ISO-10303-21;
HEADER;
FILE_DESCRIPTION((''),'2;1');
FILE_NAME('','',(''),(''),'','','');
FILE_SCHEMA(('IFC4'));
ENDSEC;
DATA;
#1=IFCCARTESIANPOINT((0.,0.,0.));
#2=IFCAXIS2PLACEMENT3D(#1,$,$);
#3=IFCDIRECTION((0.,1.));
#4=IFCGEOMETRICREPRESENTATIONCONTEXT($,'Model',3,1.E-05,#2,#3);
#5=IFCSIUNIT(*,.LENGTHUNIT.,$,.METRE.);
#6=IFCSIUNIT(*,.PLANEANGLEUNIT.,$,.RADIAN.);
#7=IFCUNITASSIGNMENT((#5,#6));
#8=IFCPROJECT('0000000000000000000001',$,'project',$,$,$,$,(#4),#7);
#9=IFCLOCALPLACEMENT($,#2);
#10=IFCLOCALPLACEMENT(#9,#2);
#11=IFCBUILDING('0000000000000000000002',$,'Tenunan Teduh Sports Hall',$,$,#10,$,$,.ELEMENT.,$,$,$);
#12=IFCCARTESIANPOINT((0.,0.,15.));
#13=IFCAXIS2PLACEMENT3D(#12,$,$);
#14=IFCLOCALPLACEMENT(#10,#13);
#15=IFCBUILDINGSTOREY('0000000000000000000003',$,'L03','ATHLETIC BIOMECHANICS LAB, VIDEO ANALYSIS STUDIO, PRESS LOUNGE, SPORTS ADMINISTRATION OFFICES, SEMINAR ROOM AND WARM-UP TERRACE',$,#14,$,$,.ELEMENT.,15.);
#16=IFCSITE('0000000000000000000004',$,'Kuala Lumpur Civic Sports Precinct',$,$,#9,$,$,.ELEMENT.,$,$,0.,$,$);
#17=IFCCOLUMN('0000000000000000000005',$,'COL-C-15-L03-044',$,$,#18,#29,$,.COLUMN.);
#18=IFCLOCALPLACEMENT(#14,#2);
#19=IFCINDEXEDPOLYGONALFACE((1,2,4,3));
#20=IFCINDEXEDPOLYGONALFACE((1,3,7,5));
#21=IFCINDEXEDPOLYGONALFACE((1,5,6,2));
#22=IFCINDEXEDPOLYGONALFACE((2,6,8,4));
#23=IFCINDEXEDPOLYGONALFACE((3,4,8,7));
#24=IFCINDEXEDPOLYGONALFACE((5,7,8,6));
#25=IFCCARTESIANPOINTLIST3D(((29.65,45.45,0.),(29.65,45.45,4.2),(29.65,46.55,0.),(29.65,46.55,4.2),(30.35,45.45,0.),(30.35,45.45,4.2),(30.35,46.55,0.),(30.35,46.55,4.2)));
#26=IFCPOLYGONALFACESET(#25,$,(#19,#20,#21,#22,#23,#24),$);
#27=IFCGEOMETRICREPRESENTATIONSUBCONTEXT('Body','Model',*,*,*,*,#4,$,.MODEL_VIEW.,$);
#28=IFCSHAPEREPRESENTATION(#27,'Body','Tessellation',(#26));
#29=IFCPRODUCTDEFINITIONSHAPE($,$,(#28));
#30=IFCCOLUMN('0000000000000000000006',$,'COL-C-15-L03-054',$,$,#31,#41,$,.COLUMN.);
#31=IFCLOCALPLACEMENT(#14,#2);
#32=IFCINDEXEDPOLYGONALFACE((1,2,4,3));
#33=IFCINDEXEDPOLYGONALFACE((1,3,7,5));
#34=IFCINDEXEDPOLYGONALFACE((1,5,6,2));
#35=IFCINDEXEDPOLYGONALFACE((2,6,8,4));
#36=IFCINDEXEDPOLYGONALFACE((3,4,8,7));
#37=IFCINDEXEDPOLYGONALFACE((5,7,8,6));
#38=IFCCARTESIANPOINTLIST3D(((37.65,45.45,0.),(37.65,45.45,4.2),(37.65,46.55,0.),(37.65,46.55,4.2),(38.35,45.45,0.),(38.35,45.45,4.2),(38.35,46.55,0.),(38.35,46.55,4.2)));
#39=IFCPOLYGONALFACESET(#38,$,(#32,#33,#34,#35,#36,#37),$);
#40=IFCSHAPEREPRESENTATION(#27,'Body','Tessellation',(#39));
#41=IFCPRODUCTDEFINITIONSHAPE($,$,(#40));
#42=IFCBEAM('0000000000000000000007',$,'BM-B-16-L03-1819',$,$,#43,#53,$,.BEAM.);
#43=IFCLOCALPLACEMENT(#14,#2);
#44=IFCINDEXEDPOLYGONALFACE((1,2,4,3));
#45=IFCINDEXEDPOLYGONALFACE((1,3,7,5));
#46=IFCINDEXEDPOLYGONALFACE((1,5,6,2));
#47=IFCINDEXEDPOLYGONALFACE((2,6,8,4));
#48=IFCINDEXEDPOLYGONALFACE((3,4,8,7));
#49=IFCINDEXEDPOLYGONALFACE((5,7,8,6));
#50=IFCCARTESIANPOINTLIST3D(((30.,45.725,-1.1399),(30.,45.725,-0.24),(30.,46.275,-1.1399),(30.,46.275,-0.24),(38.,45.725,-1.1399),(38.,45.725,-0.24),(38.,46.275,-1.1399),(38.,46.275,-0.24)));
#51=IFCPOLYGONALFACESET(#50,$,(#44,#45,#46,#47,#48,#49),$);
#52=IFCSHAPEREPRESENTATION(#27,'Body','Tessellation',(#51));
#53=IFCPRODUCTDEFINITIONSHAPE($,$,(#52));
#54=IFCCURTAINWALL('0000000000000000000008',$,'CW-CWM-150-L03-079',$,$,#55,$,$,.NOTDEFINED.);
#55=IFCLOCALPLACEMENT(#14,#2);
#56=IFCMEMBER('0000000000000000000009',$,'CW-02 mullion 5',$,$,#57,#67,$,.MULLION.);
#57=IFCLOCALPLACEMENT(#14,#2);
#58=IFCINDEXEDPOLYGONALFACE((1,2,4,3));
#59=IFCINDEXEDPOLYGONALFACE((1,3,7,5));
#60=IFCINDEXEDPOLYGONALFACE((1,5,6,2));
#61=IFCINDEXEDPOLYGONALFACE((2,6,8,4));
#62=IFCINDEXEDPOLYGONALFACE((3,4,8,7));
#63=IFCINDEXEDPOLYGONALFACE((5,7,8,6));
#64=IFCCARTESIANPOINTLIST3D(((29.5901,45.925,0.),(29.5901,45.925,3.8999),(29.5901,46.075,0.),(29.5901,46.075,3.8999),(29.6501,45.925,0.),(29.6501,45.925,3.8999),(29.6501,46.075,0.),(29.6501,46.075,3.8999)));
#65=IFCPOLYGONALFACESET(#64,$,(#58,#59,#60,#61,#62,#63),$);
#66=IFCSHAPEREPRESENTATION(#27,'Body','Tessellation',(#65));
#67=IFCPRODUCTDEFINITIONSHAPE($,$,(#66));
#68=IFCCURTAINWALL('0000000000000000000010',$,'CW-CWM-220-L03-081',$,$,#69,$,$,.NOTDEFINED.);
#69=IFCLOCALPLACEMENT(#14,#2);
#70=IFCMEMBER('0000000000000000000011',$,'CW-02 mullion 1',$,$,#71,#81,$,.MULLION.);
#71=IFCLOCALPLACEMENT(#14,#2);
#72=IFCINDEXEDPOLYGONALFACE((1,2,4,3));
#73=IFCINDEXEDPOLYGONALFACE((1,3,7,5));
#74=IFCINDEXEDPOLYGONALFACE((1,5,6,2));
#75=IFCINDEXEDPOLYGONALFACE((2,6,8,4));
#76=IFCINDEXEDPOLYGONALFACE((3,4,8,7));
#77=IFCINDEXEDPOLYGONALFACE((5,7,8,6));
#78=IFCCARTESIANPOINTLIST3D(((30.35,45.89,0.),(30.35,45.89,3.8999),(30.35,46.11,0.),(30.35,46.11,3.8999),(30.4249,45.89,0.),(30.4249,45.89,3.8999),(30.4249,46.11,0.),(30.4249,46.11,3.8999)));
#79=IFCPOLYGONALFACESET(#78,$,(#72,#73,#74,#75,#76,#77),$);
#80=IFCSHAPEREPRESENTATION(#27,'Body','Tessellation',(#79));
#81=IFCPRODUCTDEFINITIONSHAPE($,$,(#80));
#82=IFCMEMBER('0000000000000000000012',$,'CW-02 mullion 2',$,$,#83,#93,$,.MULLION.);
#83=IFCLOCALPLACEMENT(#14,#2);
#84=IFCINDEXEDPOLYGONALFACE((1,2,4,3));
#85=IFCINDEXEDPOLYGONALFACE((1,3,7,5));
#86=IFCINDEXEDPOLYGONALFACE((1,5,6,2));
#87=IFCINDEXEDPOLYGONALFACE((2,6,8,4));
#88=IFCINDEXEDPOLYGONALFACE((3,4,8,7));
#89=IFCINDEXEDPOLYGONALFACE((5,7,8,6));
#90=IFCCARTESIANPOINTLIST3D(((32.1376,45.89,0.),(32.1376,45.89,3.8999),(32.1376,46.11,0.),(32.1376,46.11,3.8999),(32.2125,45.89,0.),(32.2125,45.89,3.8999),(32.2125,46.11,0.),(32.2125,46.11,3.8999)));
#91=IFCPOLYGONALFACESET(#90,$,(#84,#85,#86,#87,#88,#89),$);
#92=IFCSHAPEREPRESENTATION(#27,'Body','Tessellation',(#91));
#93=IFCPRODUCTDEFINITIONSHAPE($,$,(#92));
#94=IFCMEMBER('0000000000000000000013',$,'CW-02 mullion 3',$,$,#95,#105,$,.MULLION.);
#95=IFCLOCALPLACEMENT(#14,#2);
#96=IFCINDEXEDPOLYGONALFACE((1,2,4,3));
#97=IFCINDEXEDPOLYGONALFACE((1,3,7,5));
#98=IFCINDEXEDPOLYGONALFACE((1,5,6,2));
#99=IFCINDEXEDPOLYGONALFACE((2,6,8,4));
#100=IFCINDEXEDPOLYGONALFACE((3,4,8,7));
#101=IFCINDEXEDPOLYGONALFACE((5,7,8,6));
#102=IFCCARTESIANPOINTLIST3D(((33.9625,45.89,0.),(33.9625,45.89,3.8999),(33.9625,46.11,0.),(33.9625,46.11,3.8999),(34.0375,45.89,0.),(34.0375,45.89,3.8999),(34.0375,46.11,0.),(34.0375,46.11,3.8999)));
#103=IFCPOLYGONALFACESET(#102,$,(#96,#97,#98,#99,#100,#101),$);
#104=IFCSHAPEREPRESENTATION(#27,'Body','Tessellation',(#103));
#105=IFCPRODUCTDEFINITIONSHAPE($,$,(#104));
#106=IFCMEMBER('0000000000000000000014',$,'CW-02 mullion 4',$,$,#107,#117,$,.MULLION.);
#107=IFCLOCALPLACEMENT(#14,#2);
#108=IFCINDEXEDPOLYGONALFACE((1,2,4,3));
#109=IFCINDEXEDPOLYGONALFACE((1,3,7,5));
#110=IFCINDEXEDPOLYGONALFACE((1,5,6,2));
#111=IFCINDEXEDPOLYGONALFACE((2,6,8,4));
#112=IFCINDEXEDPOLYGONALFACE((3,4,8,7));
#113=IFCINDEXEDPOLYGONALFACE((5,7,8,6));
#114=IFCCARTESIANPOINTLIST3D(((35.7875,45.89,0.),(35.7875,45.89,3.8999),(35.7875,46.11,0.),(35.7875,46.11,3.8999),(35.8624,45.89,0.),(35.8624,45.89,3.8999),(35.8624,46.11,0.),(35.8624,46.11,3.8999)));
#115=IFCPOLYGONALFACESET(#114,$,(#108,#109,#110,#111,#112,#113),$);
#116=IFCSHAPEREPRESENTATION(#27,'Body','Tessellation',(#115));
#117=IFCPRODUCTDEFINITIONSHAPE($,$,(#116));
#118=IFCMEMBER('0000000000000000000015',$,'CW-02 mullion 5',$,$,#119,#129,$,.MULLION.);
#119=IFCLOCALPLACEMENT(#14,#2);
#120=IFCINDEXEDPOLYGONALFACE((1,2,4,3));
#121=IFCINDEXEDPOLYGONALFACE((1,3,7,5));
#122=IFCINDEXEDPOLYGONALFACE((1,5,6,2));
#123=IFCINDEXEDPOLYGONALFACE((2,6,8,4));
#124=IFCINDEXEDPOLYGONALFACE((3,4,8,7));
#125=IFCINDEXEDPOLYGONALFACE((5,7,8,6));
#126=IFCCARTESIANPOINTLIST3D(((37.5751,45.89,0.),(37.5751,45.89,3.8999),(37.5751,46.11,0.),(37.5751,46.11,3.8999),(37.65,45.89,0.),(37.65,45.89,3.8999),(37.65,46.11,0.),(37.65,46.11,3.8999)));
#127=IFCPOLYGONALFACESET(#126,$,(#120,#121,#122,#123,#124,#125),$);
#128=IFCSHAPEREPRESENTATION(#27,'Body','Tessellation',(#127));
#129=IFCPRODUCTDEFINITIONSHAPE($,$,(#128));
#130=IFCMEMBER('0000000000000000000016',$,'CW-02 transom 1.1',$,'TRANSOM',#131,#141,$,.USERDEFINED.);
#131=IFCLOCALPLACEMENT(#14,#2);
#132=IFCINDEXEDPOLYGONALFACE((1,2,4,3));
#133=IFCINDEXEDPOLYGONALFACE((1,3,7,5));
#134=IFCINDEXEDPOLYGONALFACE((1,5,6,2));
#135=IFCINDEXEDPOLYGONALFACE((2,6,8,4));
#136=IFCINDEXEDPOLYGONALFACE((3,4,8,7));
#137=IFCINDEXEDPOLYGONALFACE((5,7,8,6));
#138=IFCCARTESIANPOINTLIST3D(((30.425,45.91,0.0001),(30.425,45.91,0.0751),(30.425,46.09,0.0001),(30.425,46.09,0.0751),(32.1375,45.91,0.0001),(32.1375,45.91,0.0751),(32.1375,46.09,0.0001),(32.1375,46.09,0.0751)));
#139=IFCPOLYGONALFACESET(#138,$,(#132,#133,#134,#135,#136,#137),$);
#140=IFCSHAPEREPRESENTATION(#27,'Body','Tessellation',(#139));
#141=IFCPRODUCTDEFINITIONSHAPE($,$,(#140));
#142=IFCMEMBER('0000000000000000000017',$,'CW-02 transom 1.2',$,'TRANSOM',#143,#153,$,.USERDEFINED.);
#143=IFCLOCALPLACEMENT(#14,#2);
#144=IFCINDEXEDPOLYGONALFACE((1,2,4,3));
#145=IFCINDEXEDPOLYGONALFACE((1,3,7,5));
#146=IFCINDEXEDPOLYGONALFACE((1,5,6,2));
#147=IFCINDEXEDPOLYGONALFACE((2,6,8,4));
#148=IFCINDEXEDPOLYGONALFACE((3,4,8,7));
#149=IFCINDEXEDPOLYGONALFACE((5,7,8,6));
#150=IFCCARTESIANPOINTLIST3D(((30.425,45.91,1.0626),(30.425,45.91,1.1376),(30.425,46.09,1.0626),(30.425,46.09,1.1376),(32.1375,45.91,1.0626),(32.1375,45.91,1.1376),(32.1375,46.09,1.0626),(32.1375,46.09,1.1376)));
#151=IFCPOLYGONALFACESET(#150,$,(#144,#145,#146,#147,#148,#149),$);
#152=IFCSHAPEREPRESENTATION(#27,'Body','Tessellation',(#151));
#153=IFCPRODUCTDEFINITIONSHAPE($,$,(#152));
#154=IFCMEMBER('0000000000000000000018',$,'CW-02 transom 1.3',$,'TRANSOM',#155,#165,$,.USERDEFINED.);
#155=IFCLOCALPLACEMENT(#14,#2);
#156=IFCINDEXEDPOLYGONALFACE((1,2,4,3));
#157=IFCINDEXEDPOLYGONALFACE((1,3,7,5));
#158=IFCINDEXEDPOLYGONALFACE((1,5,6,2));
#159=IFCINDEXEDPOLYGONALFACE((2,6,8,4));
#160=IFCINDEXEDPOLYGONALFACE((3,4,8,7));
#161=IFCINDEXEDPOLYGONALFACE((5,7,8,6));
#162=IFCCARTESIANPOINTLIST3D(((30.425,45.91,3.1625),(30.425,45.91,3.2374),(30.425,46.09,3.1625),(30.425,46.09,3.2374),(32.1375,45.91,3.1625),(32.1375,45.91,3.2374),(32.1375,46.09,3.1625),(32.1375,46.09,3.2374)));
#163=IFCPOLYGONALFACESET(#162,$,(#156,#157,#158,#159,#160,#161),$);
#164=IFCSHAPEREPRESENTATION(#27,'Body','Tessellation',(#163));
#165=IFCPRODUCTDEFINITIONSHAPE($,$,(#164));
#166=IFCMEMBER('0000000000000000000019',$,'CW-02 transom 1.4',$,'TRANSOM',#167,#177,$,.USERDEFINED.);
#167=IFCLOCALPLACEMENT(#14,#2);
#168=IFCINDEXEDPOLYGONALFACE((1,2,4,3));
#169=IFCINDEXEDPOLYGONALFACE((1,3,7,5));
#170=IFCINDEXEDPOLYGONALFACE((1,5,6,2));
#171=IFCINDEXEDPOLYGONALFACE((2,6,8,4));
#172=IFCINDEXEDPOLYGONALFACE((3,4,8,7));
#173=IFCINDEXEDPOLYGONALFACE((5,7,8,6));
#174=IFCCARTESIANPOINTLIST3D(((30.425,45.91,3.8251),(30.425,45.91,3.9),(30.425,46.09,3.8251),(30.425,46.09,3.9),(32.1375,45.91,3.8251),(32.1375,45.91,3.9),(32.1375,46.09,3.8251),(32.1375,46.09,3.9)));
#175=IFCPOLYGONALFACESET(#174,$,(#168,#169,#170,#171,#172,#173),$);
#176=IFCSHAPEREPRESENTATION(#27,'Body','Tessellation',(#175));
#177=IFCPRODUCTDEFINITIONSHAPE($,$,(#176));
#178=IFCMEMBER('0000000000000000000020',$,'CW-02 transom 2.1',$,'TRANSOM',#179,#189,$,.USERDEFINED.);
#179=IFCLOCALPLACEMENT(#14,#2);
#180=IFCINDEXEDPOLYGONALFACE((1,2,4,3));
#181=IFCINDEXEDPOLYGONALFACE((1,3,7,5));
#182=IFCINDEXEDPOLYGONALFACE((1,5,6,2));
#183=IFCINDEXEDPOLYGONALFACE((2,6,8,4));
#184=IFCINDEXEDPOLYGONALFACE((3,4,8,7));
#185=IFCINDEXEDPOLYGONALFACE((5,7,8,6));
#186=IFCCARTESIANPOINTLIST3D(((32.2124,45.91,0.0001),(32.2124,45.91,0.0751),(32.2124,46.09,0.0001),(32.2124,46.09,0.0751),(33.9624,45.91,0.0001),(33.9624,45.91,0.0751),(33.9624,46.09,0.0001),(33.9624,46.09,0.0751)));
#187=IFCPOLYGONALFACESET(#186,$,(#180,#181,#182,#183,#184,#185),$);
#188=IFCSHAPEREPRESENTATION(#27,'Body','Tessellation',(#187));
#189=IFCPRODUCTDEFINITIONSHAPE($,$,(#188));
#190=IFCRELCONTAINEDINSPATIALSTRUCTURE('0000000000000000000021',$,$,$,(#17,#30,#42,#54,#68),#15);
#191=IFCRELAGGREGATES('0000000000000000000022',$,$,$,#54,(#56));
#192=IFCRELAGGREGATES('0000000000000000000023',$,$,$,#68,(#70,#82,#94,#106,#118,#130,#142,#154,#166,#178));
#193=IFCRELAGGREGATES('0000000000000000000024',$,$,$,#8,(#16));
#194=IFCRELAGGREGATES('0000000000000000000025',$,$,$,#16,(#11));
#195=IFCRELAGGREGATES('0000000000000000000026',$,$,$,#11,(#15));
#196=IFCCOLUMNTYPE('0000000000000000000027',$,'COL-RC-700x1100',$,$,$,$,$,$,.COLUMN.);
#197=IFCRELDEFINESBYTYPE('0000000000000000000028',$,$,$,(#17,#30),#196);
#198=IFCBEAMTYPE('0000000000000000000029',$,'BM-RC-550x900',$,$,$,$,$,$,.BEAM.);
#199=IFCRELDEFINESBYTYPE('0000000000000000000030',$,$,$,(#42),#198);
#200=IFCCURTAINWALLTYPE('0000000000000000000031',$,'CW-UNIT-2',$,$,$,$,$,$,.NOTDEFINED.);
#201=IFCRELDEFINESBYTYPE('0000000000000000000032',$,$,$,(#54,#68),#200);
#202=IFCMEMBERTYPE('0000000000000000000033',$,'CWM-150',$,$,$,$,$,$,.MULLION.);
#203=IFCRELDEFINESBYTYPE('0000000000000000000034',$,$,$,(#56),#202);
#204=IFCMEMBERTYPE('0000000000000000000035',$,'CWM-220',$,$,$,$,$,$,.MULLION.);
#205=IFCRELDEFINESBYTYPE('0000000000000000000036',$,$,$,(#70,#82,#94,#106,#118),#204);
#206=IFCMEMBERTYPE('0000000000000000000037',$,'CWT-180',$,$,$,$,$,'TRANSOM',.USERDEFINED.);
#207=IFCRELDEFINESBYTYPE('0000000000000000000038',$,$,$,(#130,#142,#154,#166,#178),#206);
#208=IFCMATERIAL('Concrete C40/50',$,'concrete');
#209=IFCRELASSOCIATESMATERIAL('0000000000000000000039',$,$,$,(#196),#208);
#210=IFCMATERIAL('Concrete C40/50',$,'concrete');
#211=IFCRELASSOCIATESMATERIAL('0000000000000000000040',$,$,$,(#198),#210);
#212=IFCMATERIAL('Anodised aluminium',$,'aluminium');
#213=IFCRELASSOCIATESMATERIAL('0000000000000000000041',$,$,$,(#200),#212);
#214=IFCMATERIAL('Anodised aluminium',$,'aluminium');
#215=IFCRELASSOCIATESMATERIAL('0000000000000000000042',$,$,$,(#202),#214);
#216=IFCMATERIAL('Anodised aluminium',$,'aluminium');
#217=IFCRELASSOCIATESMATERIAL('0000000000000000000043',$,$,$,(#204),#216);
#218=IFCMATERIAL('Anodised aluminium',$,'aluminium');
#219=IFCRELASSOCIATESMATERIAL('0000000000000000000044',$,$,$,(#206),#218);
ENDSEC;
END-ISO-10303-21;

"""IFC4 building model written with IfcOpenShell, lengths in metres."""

from ifc_helpers import new_model, si_unit, direction, frame, origin, origin_2d, place, context, subcontext, project, spatial, rectangle, extrude, material, material_profile, profile_set, type_object, element, aggregate, save


model = new_model("IFC4")

# Units and contexts
model_context = context("Model", 3, precision=1e-05, world=origin(), true_north=direction((0.0, 1.0)))
body_context = subcontext(model_context, "Body", "Model", "MODEL_VIEW")
ifc_project = project(units=[si_unit("LENGTHUNIT", "METRE"), si_unit("PLANEANGLEUNIT", "RADIAN")], contexts=[model_context])

# Site, building, storey
site_placement = place(None, origin())
site = spatial("IfcSite", under=ifc_project, at=site_placement, Name="Kuala Lumpur Civic Sports Precinct", CompositionType="ELEMENT", RefElevation=0.0)
building_placement = place(site_placement, origin())
building = spatial("IfcBuilding", under=site, at=building_placement, Name="Tenunan Teduh Sports Hall", CompositionType="ELEMENT")
storey_placement = place(building_placement, frame((0.0, 0.0, 15.0)))
storey = spatial("IfcBuildingStorey", under=building, at=storey_placement, Name="L03", Description="ATHLETIC BIOMECHANICS LAB, VIDEO ANALYSIS STUDIO, PRESS LOUNGE, SPORTS ADMINISTRATION OFFICES, SEMINAR ROOM AND WARM-UP TERRACE", CompositionType="ELEMENT", Elevation=15.0)

# Columns
ifc_material_1 = material(Name="Concrete C40/50", Category="concrete")
ifc_material_profile_1 = material_profile(ifc_material_1, rectangle(XDim=0.7, YDim=1.1001, at=origin_2d()), Name="RC 700x1100")
ifc_profile_set_1 = profile_set([ifc_material_profile_1], Name="Concrete C40/50")
column_type = type_object("IfcColumnType", Name="COL-RC-700x1100", PredefinedType="COLUMN", material=ifc_profile_set_1)
for number, where, z_axis, x_axis, name in (
    (1, (30.0, 46.0, 0.0), (0.0, 0.0, 1.0), (1.0, 0.0, 0.0), "COL-C-15-L03-044"),
    (2, (38.0, 46.0, 0.0), (0.0, 0.0, 1.0), (1.0, 0.0, 0.0), "COL-C-15-L03-054"),
):
    element("IfcColumn", number, at=place(storey_placement, frame(where, z_axis=z_axis, x_axis=x_axis)), inside=storey, type_object=column_type, Name=name, PredefinedType="COLUMN", context=body_context, shape_type="SweptSolid", body=[
        extrude(rectangle(XDim=0.7, YDim=1.1001, at=origin_2d()), origin(), (0.0, 0.0, 1.0), 4.2),
    ])

# Beam
ifc_material_2 = material(Name="Concrete C40/50", Category="concrete")
ifc_material_profile_2 = material_profile(ifc_material_2, rectangle(XDim=0.55, YDim=0.8999, at=origin_2d()), Name="RCB 550x900")
ifc_profile_set_2 = profile_set([ifc_material_profile_2], Name="Concrete C40/50")
beam_type = type_object("IfcBeamType", Name="BM-RC-550x900", PredefinedType="BEAM", material=ifc_profile_set_2)
beam_placement = place(storey_placement, frame((30.0, 46.0, -0.6899), z_axis=(1.0, 0.0, 0.0), x_axis=(0.0, 1.0, 0.0)))
element("IfcBeam", 3, at=beam_placement, inside=storey, type_object=beam_type, Name="BM-B-16-L03-1819", PredefinedType="BEAM", context=body_context, shape_type="SweptSolid", body=[
    extrude(rectangle(XDim=0.55, YDim=0.8999, at=origin_2d()), origin(), (0.0, 0.0, 1.0), 8.0),
])

# Curtain wall, member
ifc_material_3 = material(Name="Anodised aluminium", Category="aluminium")
curtain_wall_type = type_object("IfcCurtainWallType", Name="CW-UNIT-2", PredefinedType="NOTDEFINED", material=ifc_material_3)
curtain_wall_1_placement = place(storey_placement, origin())
curtain_wall_1 = element("IfcCurtainWall", 4, at=curtain_wall_1_placement, inside=storey, type_object=curtain_wall_type, Name="CW-CWM-150-L03-079", PredefinedType="NOTDEFINED")
ifc_material_4 = material(Name="Anodised aluminium", Category="aluminium")
ifc_material_profile_3 = material_profile(ifc_material_4, rectangle(XDim=0.0601, YDim=0.1499, at=origin_2d()), Name="CWM 60x150")
ifc_profile_set_3 = profile_set([ifc_material_profile_3], Name="Anodised aluminium")
member_type_1 = type_object("IfcMemberType", Name="CWM-150", PredefinedType="MULLION", material=ifc_profile_set_3)
member_1_placement = place(storey_placement, frame((29.6201, 46.0, 0.0), z_axis=(0.0, 0.0, 1.0), x_axis=(1.0, 0.0, 0.0)))
member_1 = element("IfcMember", 5, at=member_1_placement, type_object=member_type_1, Name="CW-02 mullion 5", PredefinedType="MULLION", context=body_context, shape_type="SweptSolid", body=[
    extrude(rectangle(XDim=0.0601, YDim=0.1499, at=origin_2d()), origin(), (0.0, 0.0, 1.0), 3.8999),
])

# Curtain wall, members
curtain_wall_2_placement = place(storey_placement, origin())
curtain_wall_2 = element("IfcCurtainWall", 6, at=curtain_wall_2_placement, inside=storey, type_object=curtain_wall_type, Name="CW-CWM-220-L03-081", PredefinedType="NOTDEFINED")
ifc_material_5 = material(Name="Anodised aluminium", Category="aluminium")
ifc_material_profile_4 = material_profile(ifc_material_5, rectangle(XDim=0.075, YDim=0.22, at=origin_2d()), Name="CWM 75x220")
ifc_profile_set_4 = profile_set([ifc_material_profile_4], Name="Anodised aluminium")
member_type_2 = type_object("IfcMemberType", Name="CWM-220", PredefinedType="MULLION", material=ifc_profile_set_4)
member_2_placement = place(storey_placement, frame((30.3875, 46.0, 0.0), z_axis=(0.0, 0.0, 1.0), x_axis=(1.0, 0.0, 0.0)))
member_2 = element("IfcMember", 7, at=member_2_placement, type_object=member_type_2, Name="CW-02 mullion 1", PredefinedType="MULLION", context=body_context, shape_type="SweptSolid", body=[
    extrude(rectangle(XDim=0.075, YDim=0.22, at=origin_2d()), origin(), (0.0, 0.0, 1.0), 3.8999),
])
member_3_placement = place(storey_placement, frame((32.175, 46.0, 0.0), z_axis=(0.0, 0.0, 1.0), x_axis=(1.0, 0.0, 0.0)))
member_3 = element("IfcMember", 8, at=member_3_placement, type_object=member_type_2, Name="CW-02 mullion 2", PredefinedType="MULLION", context=body_context, shape_type="SweptSolid", body=[
    extrude(rectangle(XDim=0.075, YDim=0.22, at=origin_2d()), origin(), (0.0, 0.0, 1.0), 3.8999),
])
member_4_placement = place(storey_placement, frame((34.0, 46.0, 0.0), z_axis=(0.0, 0.0, 1.0), x_axis=(1.0, 0.0, 0.0)))
member_4 = element("IfcMember", 9, at=member_4_placement, type_object=member_type_2, Name="CW-02 mullion 3", PredefinedType="MULLION", context=body_context, shape_type="SweptSolid", body=[
    extrude(rectangle(XDim=0.075, YDim=0.22, at=origin_2d()), origin(), (0.0, 0.0, 1.0), 3.8999),
])
member_5_placement = place(storey_placement, frame((35.825, 46.0, 0.0), z_axis=(0.0, 0.0, 1.0), x_axis=(1.0, 0.0, 0.0)))
member_5 = element("IfcMember", 10, at=member_5_placement, type_object=member_type_2, Name="CW-02 mullion 4", PredefinedType="MULLION", context=body_context, shape_type="SweptSolid", body=[
    extrude(rectangle(XDim=0.075, YDim=0.22, at=origin_2d()), origin(), (0.0, 0.0, 1.0), 3.8999),
])
member_6_placement = place(storey_placement, frame((37.6125, 46.0, 0.0), z_axis=(0.0, 0.0, 1.0), x_axis=(1.0, 0.0, 0.0)))
member_6 = element("IfcMember", 11, at=member_6_placement, type_object=member_type_2, Name="CW-02 mullion 5", PredefinedType="MULLION", context=body_context, shape_type="SweptSolid", body=[
    extrude(rectangle(XDim=0.075, YDim=0.22, at=origin_2d()), origin(), (0.0, 0.0, 1.0), 3.8999),
])
ifc_material_6 = material(Name="Anodised aluminium", Category="aluminium")
ifc_material_profile_5 = material_profile(ifc_material_6, rectangle(XDim=0.075, YDim=0.1799, at=origin_2d()), Name="CWT 75x180")
ifc_profile_set_5 = profile_set([ifc_material_profile_5], Name="Anodised aluminium")
member_type_3 = type_object("IfcMemberType", Name="CWT-180", ElementType="TRANSOM", PredefinedType="USERDEFINED", material=ifc_profile_set_5)
member_7_placement = place(storey_placement, frame((30.425, 46.0, 0.0376), z_axis=(1.0, 0.0, 0.0), x_axis=(0.0, 0.0, 1.0)))
member_7 = element("IfcMember", 12, at=member_7_placement, type_object=member_type_3, Name="CW-02 transom 1.1", ObjectType="TRANSOM", PredefinedType="USERDEFINED", context=body_context, shape_type="SweptSolid", body=[
    extrude(rectangle(XDim=0.075, YDim=0.1799, at=origin_2d()), origin(), (0.0, 0.0, 1.0), 1.7124),
])
member_8_placement = place(storey_placement, frame((30.425, 46.0, 1.1001), z_axis=(1.0, 0.0, 0.0), x_axis=(0.0, 0.0, 1.0)))
member_8 = element("IfcMember", 13, at=member_8_placement, type_object=member_type_3, Name="CW-02 transom 1.2", ObjectType="TRANSOM", PredefinedType="USERDEFINED", context=body_context, shape_type="SweptSolid", body=[
    extrude(rectangle(XDim=0.075, YDim=0.1799, at=origin_2d()), origin(), (0.0, 0.0, 1.0), 1.7124),
])
member_9_placement = place(storey_placement, frame((30.425, 46.0, 3.2), z_axis=(1.0, 0.0, 0.0), x_axis=(0.0, 0.0, 1.0)))
member_9 = element("IfcMember", 14, at=member_9_placement, type_object=member_type_3, Name="CW-02 transom 1.3", ObjectType="TRANSOM", PredefinedType="USERDEFINED", context=body_context, shape_type="SweptSolid", body=[
    extrude(rectangle(XDim=0.075, YDim=0.1799, at=origin_2d()), origin(), (0.0, 0.0, 1.0), 1.7124),
])
member_10_placement = place(storey_placement, frame((30.425, 46.0, 3.8625), z_axis=(1.0, 0.0, 0.0), x_axis=(0.0, 0.0, 1.0)))
member_10 = element("IfcMember", 15, at=member_10_placement, type_object=member_type_3, Name="CW-02 transom 1.4", ObjectType="TRANSOM", PredefinedType="USERDEFINED", context=body_context, shape_type="SweptSolid", body=[
    extrude(rectangle(XDim=0.075, YDim=0.1799, at=origin_2d()), origin(), (0.0, 0.0, 1.0), 1.7124),
])
member_11_placement = place(storey_placement, frame((32.2124, 46.0, 0.0376), z_axis=(1.0, 0.0, 0.0), x_axis=(0.0, 0.0, 1.0)))
member_11 = element("IfcMember", 16, at=member_11_placement, type_object=member_type_3, Name="CW-02 transom 2.1", ObjectType="TRANSOM", PredefinedType="USERDEFINED", context=body_context, shape_type="SweptSolid", body=[
    extrude(rectangle(XDim=0.075, YDim=0.1799, at=origin_2d()), origin(), (0.0, 0.0, 1.0), 1.75),
])

aggregate(curtain_wall_1, [member_1])
aggregate(curtain_wall_2, [member_2, member_3, member_4, member_5, member_6, member_7, member_8, member_9, member_10, member_11])

save(model, "model.ifc")
